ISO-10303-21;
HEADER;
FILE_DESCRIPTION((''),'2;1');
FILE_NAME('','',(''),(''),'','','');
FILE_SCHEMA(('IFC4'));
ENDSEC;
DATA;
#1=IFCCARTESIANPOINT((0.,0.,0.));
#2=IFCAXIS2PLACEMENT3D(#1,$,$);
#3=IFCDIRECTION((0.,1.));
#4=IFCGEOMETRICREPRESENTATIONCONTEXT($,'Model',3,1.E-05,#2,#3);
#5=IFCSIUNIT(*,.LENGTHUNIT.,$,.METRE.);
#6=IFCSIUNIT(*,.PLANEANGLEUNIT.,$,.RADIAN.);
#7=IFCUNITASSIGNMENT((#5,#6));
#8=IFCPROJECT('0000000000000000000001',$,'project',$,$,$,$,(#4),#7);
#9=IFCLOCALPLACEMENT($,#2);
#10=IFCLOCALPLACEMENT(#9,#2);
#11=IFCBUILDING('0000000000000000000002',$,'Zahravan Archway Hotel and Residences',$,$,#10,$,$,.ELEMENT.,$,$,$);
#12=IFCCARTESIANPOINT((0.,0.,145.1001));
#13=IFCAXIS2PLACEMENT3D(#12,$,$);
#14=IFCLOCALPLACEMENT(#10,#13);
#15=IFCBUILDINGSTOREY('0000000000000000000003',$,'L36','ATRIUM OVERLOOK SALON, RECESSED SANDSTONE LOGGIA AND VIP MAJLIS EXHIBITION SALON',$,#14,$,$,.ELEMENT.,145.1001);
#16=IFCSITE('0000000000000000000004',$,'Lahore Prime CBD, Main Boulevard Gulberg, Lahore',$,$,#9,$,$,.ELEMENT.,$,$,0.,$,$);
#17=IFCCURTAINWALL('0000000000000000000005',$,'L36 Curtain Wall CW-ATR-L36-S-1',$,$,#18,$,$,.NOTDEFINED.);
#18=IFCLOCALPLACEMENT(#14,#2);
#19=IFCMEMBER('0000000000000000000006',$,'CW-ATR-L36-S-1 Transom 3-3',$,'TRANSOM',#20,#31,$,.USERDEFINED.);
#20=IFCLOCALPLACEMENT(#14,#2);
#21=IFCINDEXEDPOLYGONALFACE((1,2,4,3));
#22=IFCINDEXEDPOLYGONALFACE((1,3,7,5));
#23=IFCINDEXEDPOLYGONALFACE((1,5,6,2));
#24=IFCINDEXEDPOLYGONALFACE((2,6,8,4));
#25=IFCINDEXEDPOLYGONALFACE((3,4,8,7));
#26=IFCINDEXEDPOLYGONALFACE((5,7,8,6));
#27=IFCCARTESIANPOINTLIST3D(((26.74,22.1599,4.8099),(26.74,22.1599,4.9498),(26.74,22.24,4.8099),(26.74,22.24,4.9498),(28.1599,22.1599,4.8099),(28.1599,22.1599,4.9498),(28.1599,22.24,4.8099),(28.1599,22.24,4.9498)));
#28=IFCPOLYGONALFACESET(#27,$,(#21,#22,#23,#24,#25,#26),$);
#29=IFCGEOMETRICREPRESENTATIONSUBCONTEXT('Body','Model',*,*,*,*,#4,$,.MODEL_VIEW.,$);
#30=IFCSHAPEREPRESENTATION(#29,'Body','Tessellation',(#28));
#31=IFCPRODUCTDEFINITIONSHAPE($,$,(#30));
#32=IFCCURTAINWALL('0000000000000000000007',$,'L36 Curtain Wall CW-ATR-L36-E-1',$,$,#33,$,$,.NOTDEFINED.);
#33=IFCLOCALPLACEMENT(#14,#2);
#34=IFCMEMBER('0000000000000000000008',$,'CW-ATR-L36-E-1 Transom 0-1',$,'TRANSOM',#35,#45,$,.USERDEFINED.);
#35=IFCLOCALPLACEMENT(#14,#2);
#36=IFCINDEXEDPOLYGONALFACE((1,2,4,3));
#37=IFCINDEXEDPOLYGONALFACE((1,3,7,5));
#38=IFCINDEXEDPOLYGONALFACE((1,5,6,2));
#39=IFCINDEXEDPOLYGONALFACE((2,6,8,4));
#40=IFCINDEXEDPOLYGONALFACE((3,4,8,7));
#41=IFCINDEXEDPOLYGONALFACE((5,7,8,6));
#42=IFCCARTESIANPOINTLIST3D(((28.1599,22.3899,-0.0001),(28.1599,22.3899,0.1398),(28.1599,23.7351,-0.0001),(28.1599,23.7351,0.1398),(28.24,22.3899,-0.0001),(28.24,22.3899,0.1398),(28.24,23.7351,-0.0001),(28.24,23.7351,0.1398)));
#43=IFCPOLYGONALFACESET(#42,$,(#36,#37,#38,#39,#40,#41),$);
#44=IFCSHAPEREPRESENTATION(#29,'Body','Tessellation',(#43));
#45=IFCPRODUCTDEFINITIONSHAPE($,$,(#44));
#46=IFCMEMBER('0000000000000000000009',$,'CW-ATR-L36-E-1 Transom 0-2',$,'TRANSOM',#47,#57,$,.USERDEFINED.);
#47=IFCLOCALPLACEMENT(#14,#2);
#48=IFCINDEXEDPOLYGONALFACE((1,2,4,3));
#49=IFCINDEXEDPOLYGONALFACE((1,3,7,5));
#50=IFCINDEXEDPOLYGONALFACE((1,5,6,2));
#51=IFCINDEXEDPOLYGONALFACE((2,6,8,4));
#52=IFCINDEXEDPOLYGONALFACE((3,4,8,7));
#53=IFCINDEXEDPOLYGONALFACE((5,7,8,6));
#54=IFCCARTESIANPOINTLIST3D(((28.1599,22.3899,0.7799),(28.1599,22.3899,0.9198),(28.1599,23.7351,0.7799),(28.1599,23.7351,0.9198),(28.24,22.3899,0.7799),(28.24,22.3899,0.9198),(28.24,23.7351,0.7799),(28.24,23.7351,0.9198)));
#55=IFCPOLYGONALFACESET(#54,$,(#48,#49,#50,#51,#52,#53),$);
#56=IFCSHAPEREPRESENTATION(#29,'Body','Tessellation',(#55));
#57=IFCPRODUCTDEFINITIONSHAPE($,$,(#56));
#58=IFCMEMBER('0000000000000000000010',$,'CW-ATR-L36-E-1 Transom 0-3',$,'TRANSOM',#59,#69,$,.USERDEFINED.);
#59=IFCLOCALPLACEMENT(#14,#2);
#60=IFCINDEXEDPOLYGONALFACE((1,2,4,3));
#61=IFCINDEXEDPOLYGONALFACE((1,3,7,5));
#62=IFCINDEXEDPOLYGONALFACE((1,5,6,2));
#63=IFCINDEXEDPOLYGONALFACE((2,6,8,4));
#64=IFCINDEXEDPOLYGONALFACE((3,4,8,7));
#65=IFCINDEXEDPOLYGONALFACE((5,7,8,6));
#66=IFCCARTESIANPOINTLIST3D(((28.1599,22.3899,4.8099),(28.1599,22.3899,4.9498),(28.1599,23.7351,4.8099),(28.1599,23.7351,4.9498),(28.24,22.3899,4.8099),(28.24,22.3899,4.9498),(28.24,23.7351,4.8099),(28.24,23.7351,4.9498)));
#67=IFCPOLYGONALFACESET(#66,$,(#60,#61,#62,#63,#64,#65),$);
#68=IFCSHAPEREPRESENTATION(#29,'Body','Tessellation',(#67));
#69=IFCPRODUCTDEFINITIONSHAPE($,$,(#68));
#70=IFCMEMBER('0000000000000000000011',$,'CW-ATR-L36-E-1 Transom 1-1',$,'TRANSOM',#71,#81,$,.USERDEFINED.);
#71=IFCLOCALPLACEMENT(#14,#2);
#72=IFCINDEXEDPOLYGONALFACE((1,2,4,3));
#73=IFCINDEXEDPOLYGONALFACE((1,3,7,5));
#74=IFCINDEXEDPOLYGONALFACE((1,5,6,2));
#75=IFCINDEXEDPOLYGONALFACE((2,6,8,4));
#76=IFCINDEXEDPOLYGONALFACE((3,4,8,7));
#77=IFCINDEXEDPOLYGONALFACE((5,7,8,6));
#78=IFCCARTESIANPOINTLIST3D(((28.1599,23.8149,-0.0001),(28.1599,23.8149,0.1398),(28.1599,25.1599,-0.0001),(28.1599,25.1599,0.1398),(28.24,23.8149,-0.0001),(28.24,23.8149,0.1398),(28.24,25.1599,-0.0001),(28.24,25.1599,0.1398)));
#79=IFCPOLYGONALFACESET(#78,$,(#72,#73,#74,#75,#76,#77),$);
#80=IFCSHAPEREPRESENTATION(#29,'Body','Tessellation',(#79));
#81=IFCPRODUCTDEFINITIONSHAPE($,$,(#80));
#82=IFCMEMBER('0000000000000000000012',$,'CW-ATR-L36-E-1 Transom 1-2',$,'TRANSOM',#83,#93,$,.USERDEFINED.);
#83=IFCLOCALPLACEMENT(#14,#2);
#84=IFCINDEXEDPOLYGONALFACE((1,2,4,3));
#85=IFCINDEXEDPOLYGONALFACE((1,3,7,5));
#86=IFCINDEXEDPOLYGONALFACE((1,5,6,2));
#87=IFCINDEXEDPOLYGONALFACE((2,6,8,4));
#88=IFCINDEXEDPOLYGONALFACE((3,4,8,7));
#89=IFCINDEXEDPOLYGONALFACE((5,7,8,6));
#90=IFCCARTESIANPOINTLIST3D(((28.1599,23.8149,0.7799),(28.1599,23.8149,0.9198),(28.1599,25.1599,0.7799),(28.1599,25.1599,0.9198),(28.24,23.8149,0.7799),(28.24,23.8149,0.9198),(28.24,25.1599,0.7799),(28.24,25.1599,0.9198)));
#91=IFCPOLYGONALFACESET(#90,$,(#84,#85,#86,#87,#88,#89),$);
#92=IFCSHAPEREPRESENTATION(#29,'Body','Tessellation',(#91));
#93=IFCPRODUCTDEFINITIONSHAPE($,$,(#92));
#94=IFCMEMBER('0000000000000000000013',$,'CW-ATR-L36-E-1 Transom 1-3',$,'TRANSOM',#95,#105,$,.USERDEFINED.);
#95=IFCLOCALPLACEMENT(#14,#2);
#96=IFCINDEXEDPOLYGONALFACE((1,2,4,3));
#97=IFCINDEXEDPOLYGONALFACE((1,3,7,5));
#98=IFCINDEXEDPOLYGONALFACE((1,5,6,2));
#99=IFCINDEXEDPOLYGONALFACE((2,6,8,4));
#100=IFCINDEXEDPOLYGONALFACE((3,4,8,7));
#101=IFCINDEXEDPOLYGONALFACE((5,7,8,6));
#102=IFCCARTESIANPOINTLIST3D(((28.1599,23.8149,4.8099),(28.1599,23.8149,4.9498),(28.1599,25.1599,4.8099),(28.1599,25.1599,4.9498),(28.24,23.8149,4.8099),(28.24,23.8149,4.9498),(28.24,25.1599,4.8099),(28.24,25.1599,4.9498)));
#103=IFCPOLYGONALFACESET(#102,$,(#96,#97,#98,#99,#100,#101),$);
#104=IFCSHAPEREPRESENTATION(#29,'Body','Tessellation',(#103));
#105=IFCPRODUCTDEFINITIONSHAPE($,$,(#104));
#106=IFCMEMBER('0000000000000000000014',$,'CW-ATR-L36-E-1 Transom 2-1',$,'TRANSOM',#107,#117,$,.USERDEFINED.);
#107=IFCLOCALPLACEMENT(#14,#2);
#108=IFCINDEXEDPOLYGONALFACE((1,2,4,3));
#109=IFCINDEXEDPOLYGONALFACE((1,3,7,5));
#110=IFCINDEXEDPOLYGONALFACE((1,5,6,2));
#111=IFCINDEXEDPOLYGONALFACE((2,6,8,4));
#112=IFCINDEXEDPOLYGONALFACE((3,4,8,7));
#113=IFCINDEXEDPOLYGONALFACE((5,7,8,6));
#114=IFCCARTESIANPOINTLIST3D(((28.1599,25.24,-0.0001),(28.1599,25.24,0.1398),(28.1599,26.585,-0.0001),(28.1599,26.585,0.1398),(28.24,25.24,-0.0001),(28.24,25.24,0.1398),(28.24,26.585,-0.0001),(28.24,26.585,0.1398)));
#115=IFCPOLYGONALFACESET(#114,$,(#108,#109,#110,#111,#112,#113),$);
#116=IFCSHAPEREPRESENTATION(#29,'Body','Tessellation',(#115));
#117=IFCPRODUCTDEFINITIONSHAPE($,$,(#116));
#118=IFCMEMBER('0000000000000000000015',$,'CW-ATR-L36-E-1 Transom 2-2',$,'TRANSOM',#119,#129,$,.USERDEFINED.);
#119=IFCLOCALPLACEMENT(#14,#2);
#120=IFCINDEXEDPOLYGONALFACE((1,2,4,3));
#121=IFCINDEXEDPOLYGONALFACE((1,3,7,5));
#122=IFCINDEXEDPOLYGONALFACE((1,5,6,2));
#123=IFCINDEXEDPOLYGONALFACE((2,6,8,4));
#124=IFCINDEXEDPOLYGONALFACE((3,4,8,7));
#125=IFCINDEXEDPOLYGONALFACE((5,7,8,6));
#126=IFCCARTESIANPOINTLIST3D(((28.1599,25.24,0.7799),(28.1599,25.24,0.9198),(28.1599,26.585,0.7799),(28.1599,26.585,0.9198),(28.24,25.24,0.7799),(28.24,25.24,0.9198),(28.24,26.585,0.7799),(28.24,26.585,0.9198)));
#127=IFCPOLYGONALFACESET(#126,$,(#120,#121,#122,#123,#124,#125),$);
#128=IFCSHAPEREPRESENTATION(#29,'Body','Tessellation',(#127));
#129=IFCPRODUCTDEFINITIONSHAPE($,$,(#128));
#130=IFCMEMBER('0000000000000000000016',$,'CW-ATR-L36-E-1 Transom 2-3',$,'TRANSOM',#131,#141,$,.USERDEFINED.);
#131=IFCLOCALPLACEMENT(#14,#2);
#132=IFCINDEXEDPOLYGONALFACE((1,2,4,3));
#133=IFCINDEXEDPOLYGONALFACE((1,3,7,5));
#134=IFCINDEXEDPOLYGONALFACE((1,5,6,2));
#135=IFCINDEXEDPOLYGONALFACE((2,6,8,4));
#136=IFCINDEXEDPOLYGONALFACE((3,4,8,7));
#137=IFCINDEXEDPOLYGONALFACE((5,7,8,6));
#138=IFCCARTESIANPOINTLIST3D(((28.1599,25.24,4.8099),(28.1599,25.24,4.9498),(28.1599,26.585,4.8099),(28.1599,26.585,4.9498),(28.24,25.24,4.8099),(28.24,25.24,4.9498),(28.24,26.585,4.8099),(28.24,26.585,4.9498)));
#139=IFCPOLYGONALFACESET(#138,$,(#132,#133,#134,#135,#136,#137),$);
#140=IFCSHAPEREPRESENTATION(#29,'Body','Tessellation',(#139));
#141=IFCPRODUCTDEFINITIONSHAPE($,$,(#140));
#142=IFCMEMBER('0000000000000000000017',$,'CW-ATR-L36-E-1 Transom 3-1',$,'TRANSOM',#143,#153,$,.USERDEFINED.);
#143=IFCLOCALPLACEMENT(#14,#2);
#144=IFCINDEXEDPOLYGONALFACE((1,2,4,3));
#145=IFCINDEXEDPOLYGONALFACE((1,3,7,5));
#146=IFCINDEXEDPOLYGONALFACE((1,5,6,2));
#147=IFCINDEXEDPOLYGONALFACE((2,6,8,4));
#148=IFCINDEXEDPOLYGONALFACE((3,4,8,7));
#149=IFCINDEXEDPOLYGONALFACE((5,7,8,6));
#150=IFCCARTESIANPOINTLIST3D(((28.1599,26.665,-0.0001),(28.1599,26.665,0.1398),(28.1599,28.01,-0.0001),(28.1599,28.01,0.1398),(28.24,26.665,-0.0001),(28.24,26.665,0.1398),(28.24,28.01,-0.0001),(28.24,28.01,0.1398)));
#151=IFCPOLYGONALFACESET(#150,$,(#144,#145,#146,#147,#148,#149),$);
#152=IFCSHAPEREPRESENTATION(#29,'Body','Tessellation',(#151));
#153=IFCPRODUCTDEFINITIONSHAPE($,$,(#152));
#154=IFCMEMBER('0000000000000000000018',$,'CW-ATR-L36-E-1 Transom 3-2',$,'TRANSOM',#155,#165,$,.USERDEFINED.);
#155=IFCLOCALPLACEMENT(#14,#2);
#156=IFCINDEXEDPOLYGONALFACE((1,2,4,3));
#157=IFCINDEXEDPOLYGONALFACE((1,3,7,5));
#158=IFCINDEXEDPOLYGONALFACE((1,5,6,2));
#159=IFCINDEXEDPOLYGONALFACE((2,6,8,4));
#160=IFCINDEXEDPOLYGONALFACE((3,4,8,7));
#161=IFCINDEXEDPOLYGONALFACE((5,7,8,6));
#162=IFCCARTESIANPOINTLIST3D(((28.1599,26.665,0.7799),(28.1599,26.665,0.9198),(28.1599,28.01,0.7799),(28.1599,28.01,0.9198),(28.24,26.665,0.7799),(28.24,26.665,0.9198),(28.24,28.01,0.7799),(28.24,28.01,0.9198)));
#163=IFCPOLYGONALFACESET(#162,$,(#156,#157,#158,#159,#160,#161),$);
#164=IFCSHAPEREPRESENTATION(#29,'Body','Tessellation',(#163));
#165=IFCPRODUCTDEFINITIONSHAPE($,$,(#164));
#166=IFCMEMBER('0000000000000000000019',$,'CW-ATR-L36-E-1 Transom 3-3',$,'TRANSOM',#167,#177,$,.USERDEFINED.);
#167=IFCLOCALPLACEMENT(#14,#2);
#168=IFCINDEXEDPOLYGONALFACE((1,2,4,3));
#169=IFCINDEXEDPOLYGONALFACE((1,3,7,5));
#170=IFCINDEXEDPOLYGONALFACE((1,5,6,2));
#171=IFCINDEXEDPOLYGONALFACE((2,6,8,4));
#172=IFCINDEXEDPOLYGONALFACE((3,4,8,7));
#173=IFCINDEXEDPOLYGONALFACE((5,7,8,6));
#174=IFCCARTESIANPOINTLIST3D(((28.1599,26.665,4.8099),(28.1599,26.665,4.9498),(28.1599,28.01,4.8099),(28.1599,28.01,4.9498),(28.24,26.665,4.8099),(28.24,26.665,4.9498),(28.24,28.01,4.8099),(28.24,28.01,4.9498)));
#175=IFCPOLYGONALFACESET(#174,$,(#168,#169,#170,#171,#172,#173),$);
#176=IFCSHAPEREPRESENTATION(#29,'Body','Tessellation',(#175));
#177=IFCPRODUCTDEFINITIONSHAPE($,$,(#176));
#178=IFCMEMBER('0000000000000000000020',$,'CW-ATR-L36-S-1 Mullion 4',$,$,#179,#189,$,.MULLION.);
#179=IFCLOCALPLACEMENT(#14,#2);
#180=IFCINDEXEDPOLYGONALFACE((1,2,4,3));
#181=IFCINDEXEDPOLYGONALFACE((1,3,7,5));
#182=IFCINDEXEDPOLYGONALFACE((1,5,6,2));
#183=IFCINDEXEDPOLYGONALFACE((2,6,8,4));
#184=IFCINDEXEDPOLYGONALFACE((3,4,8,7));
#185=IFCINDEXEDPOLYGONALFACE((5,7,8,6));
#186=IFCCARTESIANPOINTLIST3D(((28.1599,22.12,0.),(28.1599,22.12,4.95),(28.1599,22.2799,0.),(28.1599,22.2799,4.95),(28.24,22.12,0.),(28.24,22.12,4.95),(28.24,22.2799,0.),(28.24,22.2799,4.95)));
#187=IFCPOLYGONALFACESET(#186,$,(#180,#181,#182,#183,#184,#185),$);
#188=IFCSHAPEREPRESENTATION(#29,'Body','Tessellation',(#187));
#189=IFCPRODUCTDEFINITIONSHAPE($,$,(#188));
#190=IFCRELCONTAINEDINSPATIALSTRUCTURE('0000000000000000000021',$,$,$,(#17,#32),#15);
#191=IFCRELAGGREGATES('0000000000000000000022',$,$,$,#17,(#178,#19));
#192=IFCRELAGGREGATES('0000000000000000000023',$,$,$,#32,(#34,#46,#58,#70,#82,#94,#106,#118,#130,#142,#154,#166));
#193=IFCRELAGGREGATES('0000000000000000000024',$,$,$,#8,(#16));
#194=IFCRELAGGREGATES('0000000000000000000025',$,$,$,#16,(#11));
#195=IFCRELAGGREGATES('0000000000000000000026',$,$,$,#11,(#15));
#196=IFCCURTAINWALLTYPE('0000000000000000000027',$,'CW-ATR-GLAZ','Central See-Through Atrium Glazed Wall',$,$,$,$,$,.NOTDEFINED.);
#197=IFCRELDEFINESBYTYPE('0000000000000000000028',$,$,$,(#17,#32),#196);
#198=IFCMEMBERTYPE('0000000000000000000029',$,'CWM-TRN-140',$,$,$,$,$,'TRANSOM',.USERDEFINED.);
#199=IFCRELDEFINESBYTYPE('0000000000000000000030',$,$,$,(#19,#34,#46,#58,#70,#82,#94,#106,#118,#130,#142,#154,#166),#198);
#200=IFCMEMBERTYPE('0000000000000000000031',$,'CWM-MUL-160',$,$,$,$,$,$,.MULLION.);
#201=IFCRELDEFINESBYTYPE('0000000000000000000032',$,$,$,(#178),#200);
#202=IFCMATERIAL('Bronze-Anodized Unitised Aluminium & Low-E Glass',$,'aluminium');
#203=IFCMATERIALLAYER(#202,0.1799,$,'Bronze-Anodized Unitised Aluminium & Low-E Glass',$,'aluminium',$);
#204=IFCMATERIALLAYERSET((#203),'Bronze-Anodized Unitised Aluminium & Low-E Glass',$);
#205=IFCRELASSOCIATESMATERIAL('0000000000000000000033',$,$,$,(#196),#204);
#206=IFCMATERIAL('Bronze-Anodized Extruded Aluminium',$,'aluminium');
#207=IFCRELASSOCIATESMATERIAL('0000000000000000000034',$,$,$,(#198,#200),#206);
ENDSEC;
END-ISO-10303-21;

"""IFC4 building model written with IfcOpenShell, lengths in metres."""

from ifc_helpers import new_model, si_unit, direction, frame, origin, origin_2d, place, context, subcontext, project, spatial, rectangle, extrude, source, transform, mapped, material, layer, layer_set, material_profile, profile_set, type_object, element, aggregate, save


model = new_model("IFC4")

# Units and contexts
model_context = context("Model", 3, precision=1e-05, world=origin(), true_north=direction((0.0, 1.0)))
body_context = subcontext(model_context, "Body", "Model", "MODEL_VIEW")
ifc_project = project(units=[si_unit("LENGTHUNIT", "METRE"), si_unit("PLANEANGLEUNIT", "RADIAN")], contexts=[model_context])

# Site, building, storey
site_placement = place(None, origin())
site = spatial("IfcSite", under=ifc_project, at=site_placement, Name="Lahore Prime CBD, Main Boulevard Gulberg, Lahore", CompositionType="ELEMENT", RefElevation=0.0)
building_placement = place(site_placement, origin())
building = spatial("IfcBuilding", under=site, at=building_placement, Name="Zahravan Archway Hotel and Residences", CompositionType="ELEMENT")
storey_placement = place(building_placement, frame((0.0, 0.0, 145.1001)))
storey = spatial("IfcBuildingStorey", under=building, at=storey_placement, Name="L36", Description="ATRIUM OVERLOOK SALON, RECESSED SANDSTONE LOGGIA AND VIP MAJLIS EXHIBITION SALON", CompositionType="ELEMENT", Elevation=145.1001)

# Curtain wall, member
ifc_material_1 = material(Name="Bronze-Anodized Unitised Aluminium & Low-E Glass", Category="aluminium")
ifc_layer_1 = layer(ifc_material_1, 0.1799, Name="Bronze-Anodized Unitised Aluminium & Low-E Glass", Category="aluminium")
ifc_layer_set_1 = layer_set([ifc_layer_1], Name="Bronze-Anodized Unitised Aluminium & Low-E Glass")
curtain_wall_type = type_object("IfcCurtainWallType", Name="CW-ATR-GLAZ", Description="Central See-Through Atrium Glazed Wall", PredefinedType="NOTDEFINED", material=ifc_layer_set_1)
curtain_wall_1_placement = place(storey_placement, origin())
curtain_wall_1 = element("IfcCurtainWall", 1, at=curtain_wall_1_placement, inside=storey, type_object=curtain_wall_type, Name="L36 Curtain Wall CW-ATR-L36-S-1", PredefinedType="NOTDEFINED")
ifc_material_2 = material(Name="Bronze-Anodized Extruded Aluminium", Category="aluminium")
ifc_material_profile_1 = material_profile(ifc_material_2, rectangle(XDim=0.0801, YDim=0.1399, at=origin_2d()), Name="TRN 80x140", Category="aluminium")
ifc_profile_set_1 = profile_set([ifc_material_profile_1], Name="Bronze-Anodized Extruded Aluminium")
member_type_1 = type_object("IfcMemberType", Name="CWM-TRN-140", ElementType="TRANSOM", PredefinedType="USERDEFINED", material=ifc_profile_set_1)
shared_shape_1 = source(origin(), body_context, "Body", "SweptSolid", [
    extrude(rectangle(XDim=0.0801, YDim=0.1399, at=origin_2d()), origin(), (0.0, 0.0, 1.0), 1.4199),
])
member_1_placement = place(storey_placement, frame((26.74, 22.2, 4.8799), z_axis=(1.0, 0.0, 0.0), x_axis=(0.0, 1.0, 0.0)))
member_1 = element("IfcMember", 2, at=member_1_placement, type_object=member_type_1, Name="CW-ATR-L36-S-1 Transom 3-3", ObjectType="TRANSOM", PredefinedType="USERDEFINED", context=body_context, shape_type="MappedRepresentation", body=[
    mapped(shared_shape_1, transform((0.0, 0.0, 0.0), scale=1.0)),
])

# Curtain wall, members
curtain_wall_2_placement = place(storey_placement, origin())
curtain_wall_2 = element("IfcCurtainWall", 3, at=curtain_wall_2_placement, inside=storey, type_object=curtain_wall_type, Name="L36 Curtain Wall CW-ATR-L36-E-1", PredefinedType="NOTDEFINED")
shared_shape_2 = source(origin(), body_context, "Body", "SweptSolid", [
    extrude(rectangle(XDim=0.0801, YDim=0.1399, at=origin_2d()), origin(), (0.0, 0.0, 1.0), 1.3452),
])
member_2_placement = place(storey_placement, frame((28.2, 22.3899, 0.0698), z_axis=(0.0, 1.0, 0.0), x_axis=(-1.0, 0.0, 0.0)))
member_2 = element("IfcMember", 4, at=member_2_placement, type_object=member_type_1, Name="CW-ATR-L36-E-1 Transom 0-1", ObjectType="TRANSOM", PredefinedType="USERDEFINED", context=body_context, shape_type="MappedRepresentation", body=[
    mapped(shared_shape_2, transform((0.0, 0.0, 0.0), scale=1.0)),
])
member_3_placement = place(storey_placement, frame((28.2, 22.3899, 0.8499), z_axis=(0.0, 1.0, 0.0), x_axis=(-1.0, 0.0, 0.0)))
member_3 = element("IfcMember", 5, at=member_3_placement, type_object=member_type_1, Name="CW-ATR-L36-E-1 Transom 0-2", ObjectType="TRANSOM", PredefinedType="USERDEFINED", context=body_context, shape_type="MappedRepresentation", body=[
    mapped(shared_shape_2, transform((0.0, 0.0, 0.0), scale=1.0)),
])
member_4_placement = place(storey_placement, frame((28.2, 22.3899, 4.8799), z_axis=(0.0, 1.0, 0.0), x_axis=(-1.0, 0.0, 0.0)))
member_4 = element("IfcMember", 6, at=member_4_placement, type_object=member_type_1, Name="CW-ATR-L36-E-1 Transom 0-3", ObjectType="TRANSOM", PredefinedType="USERDEFINED", context=body_context, shape_type="MappedRepresentation", body=[
    mapped(shared_shape_2, transform((0.0, 0.0, 0.0), scale=1.0)),
])
shared_shape_3 = source(origin(), body_context, "Body", "SweptSolid", [
    extrude(rectangle(XDim=0.0801, YDim=0.1399, at=origin_2d()), origin(), (0.0, 0.0, 1.0), 1.345),
])
member_5_placement = place(storey_placement, frame((28.2, 23.8149, 0.0698), z_axis=(0.0, 1.0, 0.0), x_axis=(-1.0, 0.0, 0.0)))
member_5 = element("IfcMember", 7, at=member_5_placement, type_object=member_type_1, Name="CW-ATR-L36-E-1 Transom 1-1", ObjectType="TRANSOM", PredefinedType="USERDEFINED", context=body_context, shape_type="MappedRepresentation", body=[
    mapped(shared_shape_3, transform((0.0, 0.0, 0.0), scale=1.0)),
])
member_6_placement = place(storey_placement, frame((28.2, 23.8149, 0.8499), z_axis=(0.0, 1.0, 0.0), x_axis=(-1.0, 0.0, 0.0)))
member_6 = element("IfcMember", 8, at=member_6_placement, type_object=member_type_1, Name="CW-ATR-L36-E-1 Transom 1-2", ObjectType="TRANSOM", PredefinedType="USERDEFINED", context=body_context, shape_type="MappedRepresentation", body=[
    mapped(shared_shape_3, transform((0.0, 0.0, 0.0), scale=1.0)),
])
member_7_placement = place(storey_placement, frame((28.2, 23.8149, 4.8799), z_axis=(0.0, 1.0, 0.0), x_axis=(-1.0, 0.0, 0.0)))
member_7 = element("IfcMember", 9, at=member_7_placement, type_object=member_type_1, Name="CW-ATR-L36-E-1 Transom 1-3", ObjectType="TRANSOM", PredefinedType="USERDEFINED", context=body_context, shape_type="MappedRepresentation", body=[
    mapped(shared_shape_3, transform((0.0, 0.0, 0.0), scale=1.0)),
])
member_8_placement = place(storey_placement, frame((28.2, 25.24, 0.0698), z_axis=(0.0, 1.0, 0.0), x_axis=(-1.0, 0.0, 0.0)))
member_8 = element("IfcMember", 10, at=member_8_placement, type_object=member_type_1, Name="CW-ATR-L36-E-1 Transom 2-1", ObjectType="TRANSOM", PredefinedType="USERDEFINED", context=body_context, shape_type="MappedRepresentation", body=[
    mapped(shared_shape_3, transform((0.0, 0.0, 0.0), scale=1.0)),
])
member_9_placement = place(storey_placement, frame((28.2, 25.24, 0.8499), z_axis=(0.0, 1.0, 0.0), x_axis=(-1.0, 0.0, 0.0)))
member_9 = element("IfcMember", 11, at=member_9_placement, type_object=member_type_1, Name="CW-ATR-L36-E-1 Transom 2-2", ObjectType="TRANSOM", PredefinedType="USERDEFINED", context=body_context, shape_type="MappedRepresentation", body=[
    mapped(shared_shape_3, transform((0.0, 0.0, 0.0), scale=1.0)),
])
member_10_placement = place(storey_placement, frame((28.2, 25.24, 4.8799), z_axis=(0.0, 1.0, 0.0), x_axis=(-1.0, 0.0, 0.0)))
member_10 = element("IfcMember", 12, at=member_10_placement, type_object=member_type_1, Name="CW-ATR-L36-E-1 Transom 2-3", ObjectType="TRANSOM", PredefinedType="USERDEFINED", context=body_context, shape_type="MappedRepresentation", body=[
    mapped(shared_shape_3, transform((0.0, 0.0, 0.0), scale=1.0)),
])
member_11_placement = place(storey_placement, frame((28.2, 26.665, 0.0698), z_axis=(0.0, 1.0, 0.0), x_axis=(-1.0, 0.0, 0.0)))
member_11 = element("IfcMember", 13, at=member_11_placement, type_object=member_type_1, Name="CW-ATR-L36-E-1 Transom 3-1", ObjectType="TRANSOM", PredefinedType="USERDEFINED", context=body_context, shape_type="MappedRepresentation", body=[
    mapped(shared_shape_3, transform((0.0, 0.0, 0.0), scale=1.0)),
])
member_12_placement = place(storey_placement, frame((28.2, 26.665, 0.8499), z_axis=(0.0, 1.0, 0.0), x_axis=(-1.0, 0.0, 0.0)))
member_12 = element("IfcMember", 14, at=member_12_placement, type_object=member_type_1, Name="CW-ATR-L36-E-1 Transom 3-2", ObjectType="TRANSOM", PredefinedType="USERDEFINED", context=body_context, shape_type="MappedRepresentation", body=[
    mapped(shared_shape_3, transform((0.0, 0.0, 0.0), scale=1.0)),
])
member_13_placement = place(storey_placement, frame((28.2, 26.665, 4.8799), z_axis=(0.0, 1.0, 0.0), x_axis=(-1.0, 0.0, 0.0)))
member_13 = element("IfcMember", 15, at=member_13_placement, type_object=member_type_1, Name="CW-ATR-L36-E-1 Transom 3-3", ObjectType="TRANSOM", PredefinedType="USERDEFINED", context=body_context, shape_type="MappedRepresentation", body=[
    mapped(shared_shape_3, transform((0.0, 0.0, 0.0), scale=1.0)),
])

# Member
ifc_material_profile_2 = material_profile(ifc_material_2, rectangle(XDim=0.0801, YDim=0.1599, at=origin_2d()), Name="MUL 80x160", Category="aluminium")
ifc_profile_set_2 = profile_set([ifc_material_profile_2], Name="Bronze-Anodized Extruded Aluminium")
member_type_2 = type_object("IfcMemberType", Name="CWM-MUL-160", PredefinedType="MULLION", material=ifc_profile_set_2)
shared_shape_4 = source(origin(), body_context, "Body", "SweptSolid", [
    extrude(rectangle(XDim=0.0801, YDim=0.1599, at=origin_2d()), origin(), (0.0, 0.0, 1.0), 4.95),
])
member_14_placement = place(storey_placement, frame((28.2, 22.2, 0.0), z_axis=(0.0, 0.0, 1.0), x_axis=(1.0, 0.0, 0.0)))
member_14 = element("IfcMember", 16, at=member_14_placement, type_object=member_type_2, Name="CW-ATR-L36-S-1 Mullion 4", PredefinedType="MULLION", context=body_context, shape_type="MappedRepresentation", body=[
    mapped(shared_shape_4, transform((0.0, 0.0, 0.0), scale=1.0)),
])

aggregate(curtain_wall_1, [member_14, member_1])
aggregate(curtain_wall_2, [member_2, member_3, member_4, member_5, member_6, member_7, member_8, member_9, member_10, member_11, member_12, member_13])

save(model, "model.ifc")
